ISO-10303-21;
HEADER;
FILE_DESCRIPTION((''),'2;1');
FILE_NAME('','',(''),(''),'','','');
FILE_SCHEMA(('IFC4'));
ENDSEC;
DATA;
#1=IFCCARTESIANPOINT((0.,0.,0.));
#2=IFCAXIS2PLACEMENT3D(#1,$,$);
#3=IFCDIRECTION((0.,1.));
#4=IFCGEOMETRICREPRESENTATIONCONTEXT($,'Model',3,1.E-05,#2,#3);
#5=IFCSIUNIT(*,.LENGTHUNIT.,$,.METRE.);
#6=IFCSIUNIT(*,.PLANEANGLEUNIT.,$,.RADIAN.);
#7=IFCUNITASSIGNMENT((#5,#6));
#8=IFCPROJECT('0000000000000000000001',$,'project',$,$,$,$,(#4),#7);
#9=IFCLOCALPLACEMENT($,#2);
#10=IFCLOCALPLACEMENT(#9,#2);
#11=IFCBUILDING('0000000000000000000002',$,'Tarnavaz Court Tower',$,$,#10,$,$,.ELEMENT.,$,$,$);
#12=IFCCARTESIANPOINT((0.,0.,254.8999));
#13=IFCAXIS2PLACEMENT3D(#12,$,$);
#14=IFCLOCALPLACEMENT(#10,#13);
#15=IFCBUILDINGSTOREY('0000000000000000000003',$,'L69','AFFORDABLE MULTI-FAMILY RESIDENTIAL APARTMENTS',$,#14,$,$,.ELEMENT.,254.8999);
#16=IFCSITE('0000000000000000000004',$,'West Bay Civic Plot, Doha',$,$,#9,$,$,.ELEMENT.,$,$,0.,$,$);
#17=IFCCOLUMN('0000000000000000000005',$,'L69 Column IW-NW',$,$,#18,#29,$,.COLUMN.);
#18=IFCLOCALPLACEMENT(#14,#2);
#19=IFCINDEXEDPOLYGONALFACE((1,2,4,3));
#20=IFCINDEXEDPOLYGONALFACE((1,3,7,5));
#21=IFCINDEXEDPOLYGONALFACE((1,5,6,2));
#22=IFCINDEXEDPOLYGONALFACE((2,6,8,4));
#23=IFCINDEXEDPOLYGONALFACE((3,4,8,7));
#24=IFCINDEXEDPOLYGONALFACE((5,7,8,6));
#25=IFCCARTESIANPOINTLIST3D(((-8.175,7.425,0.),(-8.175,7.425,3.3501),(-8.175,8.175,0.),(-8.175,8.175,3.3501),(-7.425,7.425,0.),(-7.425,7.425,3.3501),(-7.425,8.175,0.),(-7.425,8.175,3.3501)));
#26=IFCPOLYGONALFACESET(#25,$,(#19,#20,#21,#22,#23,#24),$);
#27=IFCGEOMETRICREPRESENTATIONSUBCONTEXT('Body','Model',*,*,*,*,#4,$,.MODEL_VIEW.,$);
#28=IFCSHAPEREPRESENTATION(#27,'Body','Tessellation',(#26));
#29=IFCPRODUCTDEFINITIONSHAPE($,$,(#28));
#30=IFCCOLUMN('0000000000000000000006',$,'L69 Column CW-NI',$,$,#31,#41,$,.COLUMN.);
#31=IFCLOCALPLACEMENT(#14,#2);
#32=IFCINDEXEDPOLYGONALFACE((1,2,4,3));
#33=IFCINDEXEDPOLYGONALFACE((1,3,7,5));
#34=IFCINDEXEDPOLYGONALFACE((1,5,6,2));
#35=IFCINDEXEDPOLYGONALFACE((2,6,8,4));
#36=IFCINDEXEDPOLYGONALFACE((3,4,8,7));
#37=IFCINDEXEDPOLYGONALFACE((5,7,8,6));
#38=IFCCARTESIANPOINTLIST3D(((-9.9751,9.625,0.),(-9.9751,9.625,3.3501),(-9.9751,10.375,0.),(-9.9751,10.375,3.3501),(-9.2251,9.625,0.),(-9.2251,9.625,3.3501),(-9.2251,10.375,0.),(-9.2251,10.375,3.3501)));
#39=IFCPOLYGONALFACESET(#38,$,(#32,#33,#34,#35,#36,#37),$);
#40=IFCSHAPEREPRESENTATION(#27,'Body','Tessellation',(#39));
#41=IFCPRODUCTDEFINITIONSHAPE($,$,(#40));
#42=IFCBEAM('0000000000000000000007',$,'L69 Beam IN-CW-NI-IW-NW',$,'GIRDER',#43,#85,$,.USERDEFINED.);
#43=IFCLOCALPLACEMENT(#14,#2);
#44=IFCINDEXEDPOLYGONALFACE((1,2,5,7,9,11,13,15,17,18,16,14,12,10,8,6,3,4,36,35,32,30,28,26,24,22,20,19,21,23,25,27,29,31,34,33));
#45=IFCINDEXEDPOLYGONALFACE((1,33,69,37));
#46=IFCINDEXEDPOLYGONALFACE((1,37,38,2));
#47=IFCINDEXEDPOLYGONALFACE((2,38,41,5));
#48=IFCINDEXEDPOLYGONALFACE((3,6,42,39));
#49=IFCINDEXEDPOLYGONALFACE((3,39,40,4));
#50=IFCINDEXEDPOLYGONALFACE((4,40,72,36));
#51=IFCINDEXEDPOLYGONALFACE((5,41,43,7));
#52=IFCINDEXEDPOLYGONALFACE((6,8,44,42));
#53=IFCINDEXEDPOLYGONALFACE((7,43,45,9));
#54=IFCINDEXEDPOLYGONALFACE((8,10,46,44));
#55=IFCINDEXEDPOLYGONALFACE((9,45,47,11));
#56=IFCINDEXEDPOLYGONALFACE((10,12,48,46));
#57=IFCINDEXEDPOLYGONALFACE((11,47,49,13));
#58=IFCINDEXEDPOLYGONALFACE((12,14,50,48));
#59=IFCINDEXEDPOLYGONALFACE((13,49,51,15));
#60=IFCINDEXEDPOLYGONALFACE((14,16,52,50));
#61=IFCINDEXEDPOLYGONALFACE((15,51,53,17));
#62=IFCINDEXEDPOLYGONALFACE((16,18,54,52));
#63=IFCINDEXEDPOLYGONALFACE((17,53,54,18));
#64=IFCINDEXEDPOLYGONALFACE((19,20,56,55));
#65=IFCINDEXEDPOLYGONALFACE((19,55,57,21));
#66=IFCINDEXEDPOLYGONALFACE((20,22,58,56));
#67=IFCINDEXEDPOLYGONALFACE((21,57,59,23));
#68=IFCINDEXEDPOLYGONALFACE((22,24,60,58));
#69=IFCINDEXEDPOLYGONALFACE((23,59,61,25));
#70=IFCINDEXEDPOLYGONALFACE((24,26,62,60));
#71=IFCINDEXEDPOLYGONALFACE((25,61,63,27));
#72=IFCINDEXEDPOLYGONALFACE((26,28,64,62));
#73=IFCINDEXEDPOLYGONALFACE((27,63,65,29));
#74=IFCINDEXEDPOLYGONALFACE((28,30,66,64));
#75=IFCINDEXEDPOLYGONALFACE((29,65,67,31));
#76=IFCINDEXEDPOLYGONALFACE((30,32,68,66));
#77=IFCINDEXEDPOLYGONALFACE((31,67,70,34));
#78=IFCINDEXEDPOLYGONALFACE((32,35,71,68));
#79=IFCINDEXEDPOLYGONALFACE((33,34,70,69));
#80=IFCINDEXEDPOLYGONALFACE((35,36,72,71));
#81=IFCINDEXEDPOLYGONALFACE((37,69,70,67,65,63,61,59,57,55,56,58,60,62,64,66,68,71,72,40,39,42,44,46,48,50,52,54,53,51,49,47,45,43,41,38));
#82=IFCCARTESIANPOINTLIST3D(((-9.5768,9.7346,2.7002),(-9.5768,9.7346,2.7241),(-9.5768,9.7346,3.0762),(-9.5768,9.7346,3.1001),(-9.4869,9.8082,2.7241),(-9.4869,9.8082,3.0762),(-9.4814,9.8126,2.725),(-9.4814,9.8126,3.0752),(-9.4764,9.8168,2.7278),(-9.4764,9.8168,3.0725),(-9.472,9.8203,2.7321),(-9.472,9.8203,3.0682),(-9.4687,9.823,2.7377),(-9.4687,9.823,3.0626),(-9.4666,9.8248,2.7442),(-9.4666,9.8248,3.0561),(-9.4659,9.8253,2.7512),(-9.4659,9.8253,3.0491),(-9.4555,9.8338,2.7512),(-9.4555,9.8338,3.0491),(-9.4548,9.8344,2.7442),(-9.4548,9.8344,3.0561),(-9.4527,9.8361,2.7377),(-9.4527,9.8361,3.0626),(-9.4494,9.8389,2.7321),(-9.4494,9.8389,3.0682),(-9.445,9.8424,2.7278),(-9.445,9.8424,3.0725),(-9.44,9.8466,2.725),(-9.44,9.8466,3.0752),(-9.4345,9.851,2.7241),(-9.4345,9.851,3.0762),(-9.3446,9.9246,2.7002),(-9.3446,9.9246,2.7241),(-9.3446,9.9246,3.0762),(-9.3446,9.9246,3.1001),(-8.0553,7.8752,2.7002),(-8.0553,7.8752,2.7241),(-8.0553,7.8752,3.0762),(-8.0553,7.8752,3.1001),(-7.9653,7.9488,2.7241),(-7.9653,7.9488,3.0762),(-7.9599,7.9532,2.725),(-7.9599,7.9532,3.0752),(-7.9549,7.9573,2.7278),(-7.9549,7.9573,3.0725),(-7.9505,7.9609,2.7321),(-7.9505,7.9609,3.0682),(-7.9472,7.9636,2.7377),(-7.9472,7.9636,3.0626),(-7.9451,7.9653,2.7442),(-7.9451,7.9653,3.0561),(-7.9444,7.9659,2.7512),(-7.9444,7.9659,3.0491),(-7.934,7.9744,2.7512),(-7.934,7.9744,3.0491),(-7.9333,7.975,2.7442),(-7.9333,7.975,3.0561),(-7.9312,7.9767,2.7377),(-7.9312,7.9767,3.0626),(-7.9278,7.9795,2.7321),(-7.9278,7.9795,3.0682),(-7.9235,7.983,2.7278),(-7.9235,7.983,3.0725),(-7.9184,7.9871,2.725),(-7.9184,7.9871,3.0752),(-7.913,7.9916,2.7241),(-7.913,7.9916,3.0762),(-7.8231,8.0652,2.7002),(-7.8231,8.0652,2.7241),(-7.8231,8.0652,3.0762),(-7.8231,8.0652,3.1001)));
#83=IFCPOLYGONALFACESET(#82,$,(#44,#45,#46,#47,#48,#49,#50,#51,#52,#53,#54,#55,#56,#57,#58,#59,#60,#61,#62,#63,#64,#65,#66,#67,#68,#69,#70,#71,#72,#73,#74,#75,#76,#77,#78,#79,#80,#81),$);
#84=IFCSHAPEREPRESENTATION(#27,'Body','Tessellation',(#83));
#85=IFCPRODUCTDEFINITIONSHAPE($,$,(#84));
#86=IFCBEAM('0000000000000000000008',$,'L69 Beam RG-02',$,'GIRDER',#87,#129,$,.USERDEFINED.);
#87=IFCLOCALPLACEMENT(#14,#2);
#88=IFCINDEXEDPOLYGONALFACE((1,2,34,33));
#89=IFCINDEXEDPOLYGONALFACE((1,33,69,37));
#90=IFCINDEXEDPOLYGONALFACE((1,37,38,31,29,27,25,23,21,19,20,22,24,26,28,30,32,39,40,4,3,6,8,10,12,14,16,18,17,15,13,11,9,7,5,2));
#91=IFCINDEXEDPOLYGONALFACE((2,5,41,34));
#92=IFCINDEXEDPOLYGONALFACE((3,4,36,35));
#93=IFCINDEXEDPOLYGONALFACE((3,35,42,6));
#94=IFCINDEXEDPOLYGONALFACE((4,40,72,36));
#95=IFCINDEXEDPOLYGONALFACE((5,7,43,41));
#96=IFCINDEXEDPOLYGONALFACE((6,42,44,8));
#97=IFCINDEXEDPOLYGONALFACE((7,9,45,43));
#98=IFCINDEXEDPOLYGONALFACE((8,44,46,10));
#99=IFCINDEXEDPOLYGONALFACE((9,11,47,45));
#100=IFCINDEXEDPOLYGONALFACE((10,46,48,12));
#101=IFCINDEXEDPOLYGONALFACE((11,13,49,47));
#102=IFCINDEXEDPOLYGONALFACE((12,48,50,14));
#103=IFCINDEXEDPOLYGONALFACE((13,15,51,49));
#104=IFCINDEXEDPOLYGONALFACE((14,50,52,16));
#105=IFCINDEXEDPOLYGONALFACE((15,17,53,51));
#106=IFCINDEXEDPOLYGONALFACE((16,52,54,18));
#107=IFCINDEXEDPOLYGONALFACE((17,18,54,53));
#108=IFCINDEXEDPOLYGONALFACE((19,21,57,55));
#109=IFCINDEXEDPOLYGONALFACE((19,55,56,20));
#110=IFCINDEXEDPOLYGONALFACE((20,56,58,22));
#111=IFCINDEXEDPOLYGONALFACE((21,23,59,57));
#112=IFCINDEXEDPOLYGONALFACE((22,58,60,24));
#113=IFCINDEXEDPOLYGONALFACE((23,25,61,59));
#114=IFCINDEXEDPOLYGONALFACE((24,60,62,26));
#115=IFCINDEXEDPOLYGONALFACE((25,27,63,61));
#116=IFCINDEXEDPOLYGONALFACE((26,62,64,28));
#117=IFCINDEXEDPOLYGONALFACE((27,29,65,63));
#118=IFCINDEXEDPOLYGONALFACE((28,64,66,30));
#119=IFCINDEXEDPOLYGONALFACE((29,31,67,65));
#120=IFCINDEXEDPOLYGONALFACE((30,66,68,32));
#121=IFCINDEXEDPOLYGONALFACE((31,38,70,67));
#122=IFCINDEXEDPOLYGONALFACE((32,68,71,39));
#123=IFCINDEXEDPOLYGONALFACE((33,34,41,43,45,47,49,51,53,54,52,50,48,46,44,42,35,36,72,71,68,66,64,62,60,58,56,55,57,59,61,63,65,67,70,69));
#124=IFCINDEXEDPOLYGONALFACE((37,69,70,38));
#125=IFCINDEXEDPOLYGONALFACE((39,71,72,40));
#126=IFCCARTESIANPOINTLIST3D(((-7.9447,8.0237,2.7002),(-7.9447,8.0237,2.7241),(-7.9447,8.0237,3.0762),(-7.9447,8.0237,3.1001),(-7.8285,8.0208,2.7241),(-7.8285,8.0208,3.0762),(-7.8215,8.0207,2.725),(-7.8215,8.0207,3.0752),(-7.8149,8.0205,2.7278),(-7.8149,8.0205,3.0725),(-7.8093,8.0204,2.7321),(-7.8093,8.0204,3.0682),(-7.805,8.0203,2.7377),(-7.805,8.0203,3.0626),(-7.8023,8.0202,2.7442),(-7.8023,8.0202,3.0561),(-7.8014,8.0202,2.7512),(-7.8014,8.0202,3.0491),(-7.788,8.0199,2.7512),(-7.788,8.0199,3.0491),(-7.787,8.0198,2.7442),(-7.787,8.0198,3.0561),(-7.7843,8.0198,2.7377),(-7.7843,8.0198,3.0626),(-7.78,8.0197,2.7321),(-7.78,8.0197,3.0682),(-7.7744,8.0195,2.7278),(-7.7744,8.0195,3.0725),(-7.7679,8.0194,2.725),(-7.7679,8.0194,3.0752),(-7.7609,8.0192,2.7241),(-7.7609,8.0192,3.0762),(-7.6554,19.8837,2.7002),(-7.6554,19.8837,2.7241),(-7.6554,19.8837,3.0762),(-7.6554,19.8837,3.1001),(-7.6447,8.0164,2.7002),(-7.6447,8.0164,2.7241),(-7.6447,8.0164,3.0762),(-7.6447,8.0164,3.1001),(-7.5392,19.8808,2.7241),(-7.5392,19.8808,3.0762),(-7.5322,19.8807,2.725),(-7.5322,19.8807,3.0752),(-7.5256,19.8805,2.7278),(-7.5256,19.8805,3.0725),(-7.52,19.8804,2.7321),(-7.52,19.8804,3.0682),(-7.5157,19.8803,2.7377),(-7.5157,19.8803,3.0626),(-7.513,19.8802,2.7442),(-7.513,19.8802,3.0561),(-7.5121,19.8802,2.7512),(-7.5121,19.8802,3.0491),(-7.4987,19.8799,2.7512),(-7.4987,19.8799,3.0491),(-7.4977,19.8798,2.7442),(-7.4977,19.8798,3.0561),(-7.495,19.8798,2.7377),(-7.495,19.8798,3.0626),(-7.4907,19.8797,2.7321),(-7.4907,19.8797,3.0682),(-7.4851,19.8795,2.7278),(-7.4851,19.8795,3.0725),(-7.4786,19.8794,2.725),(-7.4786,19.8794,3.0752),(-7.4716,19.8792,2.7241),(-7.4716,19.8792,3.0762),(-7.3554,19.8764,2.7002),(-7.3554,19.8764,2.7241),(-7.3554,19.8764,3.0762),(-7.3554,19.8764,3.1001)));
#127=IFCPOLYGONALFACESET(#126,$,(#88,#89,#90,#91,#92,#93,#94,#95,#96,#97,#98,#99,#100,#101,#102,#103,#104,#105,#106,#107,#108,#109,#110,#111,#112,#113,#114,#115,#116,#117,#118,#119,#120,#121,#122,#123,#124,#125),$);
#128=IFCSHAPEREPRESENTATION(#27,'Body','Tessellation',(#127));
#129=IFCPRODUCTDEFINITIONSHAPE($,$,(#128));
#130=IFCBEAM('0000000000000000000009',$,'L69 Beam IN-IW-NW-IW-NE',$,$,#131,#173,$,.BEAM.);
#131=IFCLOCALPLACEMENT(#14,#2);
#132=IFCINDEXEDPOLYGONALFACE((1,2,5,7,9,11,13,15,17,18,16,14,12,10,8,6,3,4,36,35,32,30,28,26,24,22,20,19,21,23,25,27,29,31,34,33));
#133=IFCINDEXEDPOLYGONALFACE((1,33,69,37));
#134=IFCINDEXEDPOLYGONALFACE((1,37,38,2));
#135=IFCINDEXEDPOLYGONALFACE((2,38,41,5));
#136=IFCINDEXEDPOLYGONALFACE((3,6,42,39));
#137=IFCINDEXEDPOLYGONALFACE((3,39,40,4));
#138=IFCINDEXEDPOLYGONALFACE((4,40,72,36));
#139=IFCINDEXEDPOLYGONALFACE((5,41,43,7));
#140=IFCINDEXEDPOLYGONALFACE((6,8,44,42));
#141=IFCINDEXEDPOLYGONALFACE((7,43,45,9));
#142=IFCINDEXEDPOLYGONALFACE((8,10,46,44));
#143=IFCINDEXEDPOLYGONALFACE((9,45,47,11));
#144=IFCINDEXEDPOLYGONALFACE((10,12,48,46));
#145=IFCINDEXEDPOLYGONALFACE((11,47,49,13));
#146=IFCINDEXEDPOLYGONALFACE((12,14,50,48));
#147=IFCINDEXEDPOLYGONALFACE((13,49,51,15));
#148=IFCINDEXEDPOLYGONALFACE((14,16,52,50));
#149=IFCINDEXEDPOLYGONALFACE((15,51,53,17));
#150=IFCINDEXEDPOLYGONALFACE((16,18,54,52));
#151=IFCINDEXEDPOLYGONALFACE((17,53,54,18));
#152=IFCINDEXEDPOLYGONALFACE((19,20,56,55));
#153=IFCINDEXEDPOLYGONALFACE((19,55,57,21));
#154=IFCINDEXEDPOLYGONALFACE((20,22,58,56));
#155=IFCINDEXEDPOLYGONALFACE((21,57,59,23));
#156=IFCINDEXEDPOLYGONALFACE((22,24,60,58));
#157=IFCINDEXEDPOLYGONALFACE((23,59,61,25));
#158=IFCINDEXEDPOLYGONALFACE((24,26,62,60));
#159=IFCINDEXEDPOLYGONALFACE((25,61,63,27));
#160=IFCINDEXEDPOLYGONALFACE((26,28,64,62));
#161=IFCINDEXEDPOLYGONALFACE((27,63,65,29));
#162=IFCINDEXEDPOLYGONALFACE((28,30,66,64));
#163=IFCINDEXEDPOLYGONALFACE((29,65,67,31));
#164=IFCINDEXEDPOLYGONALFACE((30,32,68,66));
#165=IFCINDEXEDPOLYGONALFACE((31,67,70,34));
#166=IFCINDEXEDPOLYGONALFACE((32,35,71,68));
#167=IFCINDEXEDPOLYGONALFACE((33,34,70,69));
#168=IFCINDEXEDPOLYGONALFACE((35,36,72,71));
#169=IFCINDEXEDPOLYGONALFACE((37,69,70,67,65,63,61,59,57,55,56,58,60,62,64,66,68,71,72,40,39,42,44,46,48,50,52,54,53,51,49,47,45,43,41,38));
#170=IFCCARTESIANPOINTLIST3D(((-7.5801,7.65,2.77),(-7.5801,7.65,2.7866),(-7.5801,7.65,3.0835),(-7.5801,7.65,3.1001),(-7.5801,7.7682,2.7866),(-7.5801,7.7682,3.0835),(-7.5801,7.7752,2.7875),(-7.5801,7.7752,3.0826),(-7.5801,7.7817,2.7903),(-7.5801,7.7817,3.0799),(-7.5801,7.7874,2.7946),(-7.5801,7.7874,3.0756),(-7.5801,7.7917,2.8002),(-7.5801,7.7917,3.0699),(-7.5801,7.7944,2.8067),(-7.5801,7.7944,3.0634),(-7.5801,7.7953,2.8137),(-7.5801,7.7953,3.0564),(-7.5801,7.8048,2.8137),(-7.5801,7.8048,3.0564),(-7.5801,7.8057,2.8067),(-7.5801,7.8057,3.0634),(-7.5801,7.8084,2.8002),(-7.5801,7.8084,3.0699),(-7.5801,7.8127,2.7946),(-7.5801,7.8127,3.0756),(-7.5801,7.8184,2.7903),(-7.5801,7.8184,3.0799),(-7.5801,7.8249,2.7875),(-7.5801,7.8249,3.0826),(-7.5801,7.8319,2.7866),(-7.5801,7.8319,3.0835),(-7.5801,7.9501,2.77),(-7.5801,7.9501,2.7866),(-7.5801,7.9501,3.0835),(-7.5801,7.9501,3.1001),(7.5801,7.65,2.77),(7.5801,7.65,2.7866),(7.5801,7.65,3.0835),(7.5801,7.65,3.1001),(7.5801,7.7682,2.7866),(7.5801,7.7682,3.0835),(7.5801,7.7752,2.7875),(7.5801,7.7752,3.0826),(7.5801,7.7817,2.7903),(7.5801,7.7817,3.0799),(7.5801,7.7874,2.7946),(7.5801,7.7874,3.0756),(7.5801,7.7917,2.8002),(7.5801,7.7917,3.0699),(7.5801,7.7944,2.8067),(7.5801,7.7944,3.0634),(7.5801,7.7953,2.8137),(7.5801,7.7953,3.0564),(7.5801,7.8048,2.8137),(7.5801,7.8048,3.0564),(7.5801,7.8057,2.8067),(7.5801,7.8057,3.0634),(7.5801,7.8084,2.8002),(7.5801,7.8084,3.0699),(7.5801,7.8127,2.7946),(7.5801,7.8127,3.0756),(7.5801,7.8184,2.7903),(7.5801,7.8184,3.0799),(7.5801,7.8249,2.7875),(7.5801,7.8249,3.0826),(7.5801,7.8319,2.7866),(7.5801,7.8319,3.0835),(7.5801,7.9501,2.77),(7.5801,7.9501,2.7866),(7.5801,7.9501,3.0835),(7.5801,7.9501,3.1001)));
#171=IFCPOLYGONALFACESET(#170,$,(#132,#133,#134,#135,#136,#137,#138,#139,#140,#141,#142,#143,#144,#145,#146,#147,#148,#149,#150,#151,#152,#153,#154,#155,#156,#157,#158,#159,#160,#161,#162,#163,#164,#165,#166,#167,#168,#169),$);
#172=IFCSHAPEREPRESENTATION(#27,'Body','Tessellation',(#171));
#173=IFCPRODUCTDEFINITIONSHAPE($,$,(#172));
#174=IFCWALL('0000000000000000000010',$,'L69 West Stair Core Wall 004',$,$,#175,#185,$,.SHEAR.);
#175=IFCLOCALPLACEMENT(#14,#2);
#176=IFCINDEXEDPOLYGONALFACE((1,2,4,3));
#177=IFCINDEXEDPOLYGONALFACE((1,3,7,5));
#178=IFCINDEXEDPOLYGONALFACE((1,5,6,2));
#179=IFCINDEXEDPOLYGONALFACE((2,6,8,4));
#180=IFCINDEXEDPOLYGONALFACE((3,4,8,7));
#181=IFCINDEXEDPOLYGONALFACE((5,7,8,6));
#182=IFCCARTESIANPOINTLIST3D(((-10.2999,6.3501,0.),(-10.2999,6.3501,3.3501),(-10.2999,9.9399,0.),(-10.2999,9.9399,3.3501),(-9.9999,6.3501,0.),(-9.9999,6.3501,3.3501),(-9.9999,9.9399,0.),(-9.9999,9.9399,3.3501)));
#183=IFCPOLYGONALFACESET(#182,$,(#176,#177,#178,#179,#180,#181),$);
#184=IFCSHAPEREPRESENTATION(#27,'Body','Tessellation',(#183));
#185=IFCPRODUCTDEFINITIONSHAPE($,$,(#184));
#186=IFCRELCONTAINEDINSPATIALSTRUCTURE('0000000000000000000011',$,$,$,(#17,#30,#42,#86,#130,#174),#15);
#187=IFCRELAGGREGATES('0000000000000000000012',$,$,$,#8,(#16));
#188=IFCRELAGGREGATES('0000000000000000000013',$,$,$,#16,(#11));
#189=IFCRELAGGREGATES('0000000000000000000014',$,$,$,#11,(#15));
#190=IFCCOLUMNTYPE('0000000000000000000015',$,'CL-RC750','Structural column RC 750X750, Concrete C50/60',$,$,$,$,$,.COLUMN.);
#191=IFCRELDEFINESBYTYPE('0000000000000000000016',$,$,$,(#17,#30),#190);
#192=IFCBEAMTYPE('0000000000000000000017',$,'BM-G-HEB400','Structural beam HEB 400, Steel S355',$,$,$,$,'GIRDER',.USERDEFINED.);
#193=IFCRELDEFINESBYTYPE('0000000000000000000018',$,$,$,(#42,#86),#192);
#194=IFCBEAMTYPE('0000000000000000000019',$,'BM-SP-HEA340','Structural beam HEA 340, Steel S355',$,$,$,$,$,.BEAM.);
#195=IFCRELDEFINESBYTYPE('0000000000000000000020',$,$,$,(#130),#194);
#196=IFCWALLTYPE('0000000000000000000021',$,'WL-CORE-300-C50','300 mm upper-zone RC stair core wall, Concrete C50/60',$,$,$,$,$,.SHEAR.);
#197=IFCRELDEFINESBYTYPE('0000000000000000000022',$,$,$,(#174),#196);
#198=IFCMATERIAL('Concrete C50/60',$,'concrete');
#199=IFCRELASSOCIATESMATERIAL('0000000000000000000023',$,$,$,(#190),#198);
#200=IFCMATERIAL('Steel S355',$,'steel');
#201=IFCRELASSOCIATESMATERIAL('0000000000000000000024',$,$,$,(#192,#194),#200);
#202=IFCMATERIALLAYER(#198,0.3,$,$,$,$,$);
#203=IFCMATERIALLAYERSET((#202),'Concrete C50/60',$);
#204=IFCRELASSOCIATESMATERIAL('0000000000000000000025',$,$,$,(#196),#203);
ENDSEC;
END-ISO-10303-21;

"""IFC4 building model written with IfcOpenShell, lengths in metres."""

from ifc_helpers import new_model, si_unit, direction, frame, frame_2d, origin, origin_2d, place, context, subcontext, project, spatial, rectangle, i_section, extrude, material, layer, layer_set, material_profile, profile_set, type_object, element, save


model = new_model("IFC4")

# Units and contexts
model_context = context("Model", 3, precision=1e-05, world=origin(), true_north=direction((0.0, 1.0)))
body_context = subcontext(model_context, "Body", "Model", "MODEL_VIEW")
ifc_project = project(units=[si_unit("LENGTHUNIT", "METRE"), si_unit("PLANEANGLEUNIT", "RADIAN")], contexts=[model_context])

# Site, building, storey
site_placement = place(None, origin())
site = spatial("IfcSite", under=ifc_project, at=site_placement, Name="West Bay Civic Plot, Doha", CompositionType="ELEMENT", RefElevation=0.0)
building_placement = place(site_placement, origin())
building = spatial("IfcBuilding", under=site, at=building_placement, Name="Tarnavaz Court Tower", CompositionType="ELEMENT")
storey_placement = place(building_placement, frame((0.0, 0.0, 254.8999)))
storey = spatial("IfcBuildingStorey", under=building, at=storey_placement, Name="L69", Description="AFFORDABLE MULTI-FAMILY RESIDENTIAL APARTMENTS", CompositionType="ELEMENT", Elevation=254.8999)

# Columns
ifc_material_1 = material(Name="Concrete C50/60", Category="concrete")
ifc_material_profile_1 = material_profile(ifc_material_1, rectangle(XDim=0.75, YDim=0.75, at=origin_2d()), Name="RC 750X750")
ifc_profile_set_1 = profile_set([ifc_material_profile_1], Name="Concrete C50/60")
column_type = type_object("IfcColumnType", Name="CL-RC750", Description="Structural column RC 750X750, Concrete C50/60", PredefinedType="COLUMN", material=ifc_profile_set_1)
for number, where, z_axis, x_axis, name in (
    (1, (-7.8, 7.8, 0.0), (0.0, 0.0, 1.0), (1.0, 0.0, 0.0), "L69 Column IW-NW"),
    (2, (-9.6001, 10.0, 0.0), (0.0, 0.0, 1.0), (1.0, 0.0, 0.0), "L69 Column CW-NI"),
):
    element("IfcColumn", number, at=place(storey_placement, frame(where, z_axis=z_axis, x_axis=x_axis)), inside=storey, type_object=column_type, Name=name, PredefinedType="COLUMN", context=body_context, shape_type="SweptSolid", body=[
        extrude(rectangle(XDim=0.75, YDim=0.75, at=origin_2d()), origin(), (0.0, 0.0, 1.0), 3.3501),
    ])

# Beams
ifc_material_2 = material(Name="Steel S355", Category="steel")
ifc_material_profile_2 = material_profile(ifc_material_2, i_section(OverallWidth=0.3, OverallDepth=0.3999, WebThickness=0.0134, FlangeThickness=0.0239, FilletRadius=0.0271, at=origin_2d()), Name="HEB 400")
ifc_profile_set_2 = profile_set([ifc_material_profile_2], Name="Steel S355")
beam_type_1 = type_object("IfcBeamType", Name="BM-G-HEB400", Description="Structural beam HEB 400, Steel S355", ElementType="GIRDER", PredefinedType="USERDEFINED", material=ifc_profile_set_2)
beam_1_placement = place(storey_placement, frame((-9.4607, 9.8296, 2.9001), z_axis=(0.633282, -0.773921, 0.0), x_axis=(0.773921, 0.633282, 0.0)))
element("IfcBeam", 3, at=beam_1_placement, inside=storey, type_object=beam_type_1, Name="L69 Beam IN-CW-NI-IW-NW", ObjectType="GIRDER", PredefinedType="USERDEFINED", context=body_context, shape_type="SweptSolid", body=[
    extrude(i_section(OverallWidth=0.3, OverallDepth=0.3999, WebThickness=0.0134, FlangeThickness=0.0239, FilletRadius=0.0271, at=origin_2d()), origin(), (0.0, 0.0, 1.0), 2.4026),
])
beam_2_placement = place(storey_placement, frame((-7.7947, 8.02, 2.9001), z_axis=(0.024386, 0.999703, 0.0), x_axis=(-0.999703, 0.024386, 0.0)))
element("IfcBeam", 4, at=beam_2_placement, inside=storey, type_object=beam_type_1, Name="L69 Beam RG-02", ObjectType="GIRDER", PredefinedType="USERDEFINED", context=body_context, shape_type="SweptSolid", body=[
    extrude(i_section(OverallWidth=0.3, OverallDepth=0.3999, WebThickness=0.0134, FlangeThickness=0.0239, FilletRadius=0.0271, at=origin_2d()), origin(), (0.0, 0.0, 1.0), 11.8635),
])
ifc_material_profile_3 = material_profile(ifc_material_2, i_section(OverallWidth=0.3, OverallDepth=0.3301, WebThickness=0.0095, FlangeThickness=0.0166, FilletRadius=0.0271, at=origin_2d()), Name="HEA 340")
ifc_profile_set_3 = profile_set([ifc_material_profile_3], Name="Steel S355")
beam_type_2 = type_object("IfcBeamType", Name="BM-SP-HEA340", Description="Structural beam HEA 340, Steel S355", PredefinedType="BEAM", material=ifc_profile_set_3)
beam_3_placement = place(storey_placement, frame((-7.5801, 7.8, 2.9351), z_axis=(1.0, 0.0, 0.0), x_axis=(0.0, 1.0, 0.0)))
element("IfcBeam", 5, at=beam_3_placement, inside=storey, type_object=beam_type_2, Name="L69 Beam IN-IW-NW-IW-NE", PredefinedType="BEAM", context=body_context, shape_type="SweptSolid", body=[
    extrude(i_section(OverallWidth=0.3, OverallDepth=0.3301, WebThickness=0.0095, FlangeThickness=0.0166, FilletRadius=0.0271, at=origin_2d()), origin(), (0.0, 0.0, 1.0), 15.1602),
])

# Wall
ifc_layer_1 = layer(ifc_material_1, 0.3)
ifc_layer_set_1 = layer_set([ifc_layer_1], Name="Concrete C50/60")
wall_type_1 = type_object("IfcWallType", Name="WL-CORE-300-C50", Description="300 mm upper-zone RC stair core wall, Concrete C50/60", PredefinedType="SHEAR", material=ifc_layer_set_1)
wall_1_placement = place(storey_placement, frame((-10.1499, 6.3501, 0.0), z_axis=(0.0, 0.0, 1.0), x_axis=(0.0, 1.0, 0.0)))
element("IfcWall", 6, at=wall_1_placement, inside=storey, type_object=wall_type_1, Name="L69 West Stair Core Wall 004", PredefinedType="SHEAR", context=body_context, shape_type="SweptSolid", body=[
    extrude(rectangle(XDim=3.5898, YDim=0.3, at=frame_2d((1.7949, 0.0))), origin(), (0.0, 0.0, 1.0), 3.3501),
])

save(model, "model.ifc")
